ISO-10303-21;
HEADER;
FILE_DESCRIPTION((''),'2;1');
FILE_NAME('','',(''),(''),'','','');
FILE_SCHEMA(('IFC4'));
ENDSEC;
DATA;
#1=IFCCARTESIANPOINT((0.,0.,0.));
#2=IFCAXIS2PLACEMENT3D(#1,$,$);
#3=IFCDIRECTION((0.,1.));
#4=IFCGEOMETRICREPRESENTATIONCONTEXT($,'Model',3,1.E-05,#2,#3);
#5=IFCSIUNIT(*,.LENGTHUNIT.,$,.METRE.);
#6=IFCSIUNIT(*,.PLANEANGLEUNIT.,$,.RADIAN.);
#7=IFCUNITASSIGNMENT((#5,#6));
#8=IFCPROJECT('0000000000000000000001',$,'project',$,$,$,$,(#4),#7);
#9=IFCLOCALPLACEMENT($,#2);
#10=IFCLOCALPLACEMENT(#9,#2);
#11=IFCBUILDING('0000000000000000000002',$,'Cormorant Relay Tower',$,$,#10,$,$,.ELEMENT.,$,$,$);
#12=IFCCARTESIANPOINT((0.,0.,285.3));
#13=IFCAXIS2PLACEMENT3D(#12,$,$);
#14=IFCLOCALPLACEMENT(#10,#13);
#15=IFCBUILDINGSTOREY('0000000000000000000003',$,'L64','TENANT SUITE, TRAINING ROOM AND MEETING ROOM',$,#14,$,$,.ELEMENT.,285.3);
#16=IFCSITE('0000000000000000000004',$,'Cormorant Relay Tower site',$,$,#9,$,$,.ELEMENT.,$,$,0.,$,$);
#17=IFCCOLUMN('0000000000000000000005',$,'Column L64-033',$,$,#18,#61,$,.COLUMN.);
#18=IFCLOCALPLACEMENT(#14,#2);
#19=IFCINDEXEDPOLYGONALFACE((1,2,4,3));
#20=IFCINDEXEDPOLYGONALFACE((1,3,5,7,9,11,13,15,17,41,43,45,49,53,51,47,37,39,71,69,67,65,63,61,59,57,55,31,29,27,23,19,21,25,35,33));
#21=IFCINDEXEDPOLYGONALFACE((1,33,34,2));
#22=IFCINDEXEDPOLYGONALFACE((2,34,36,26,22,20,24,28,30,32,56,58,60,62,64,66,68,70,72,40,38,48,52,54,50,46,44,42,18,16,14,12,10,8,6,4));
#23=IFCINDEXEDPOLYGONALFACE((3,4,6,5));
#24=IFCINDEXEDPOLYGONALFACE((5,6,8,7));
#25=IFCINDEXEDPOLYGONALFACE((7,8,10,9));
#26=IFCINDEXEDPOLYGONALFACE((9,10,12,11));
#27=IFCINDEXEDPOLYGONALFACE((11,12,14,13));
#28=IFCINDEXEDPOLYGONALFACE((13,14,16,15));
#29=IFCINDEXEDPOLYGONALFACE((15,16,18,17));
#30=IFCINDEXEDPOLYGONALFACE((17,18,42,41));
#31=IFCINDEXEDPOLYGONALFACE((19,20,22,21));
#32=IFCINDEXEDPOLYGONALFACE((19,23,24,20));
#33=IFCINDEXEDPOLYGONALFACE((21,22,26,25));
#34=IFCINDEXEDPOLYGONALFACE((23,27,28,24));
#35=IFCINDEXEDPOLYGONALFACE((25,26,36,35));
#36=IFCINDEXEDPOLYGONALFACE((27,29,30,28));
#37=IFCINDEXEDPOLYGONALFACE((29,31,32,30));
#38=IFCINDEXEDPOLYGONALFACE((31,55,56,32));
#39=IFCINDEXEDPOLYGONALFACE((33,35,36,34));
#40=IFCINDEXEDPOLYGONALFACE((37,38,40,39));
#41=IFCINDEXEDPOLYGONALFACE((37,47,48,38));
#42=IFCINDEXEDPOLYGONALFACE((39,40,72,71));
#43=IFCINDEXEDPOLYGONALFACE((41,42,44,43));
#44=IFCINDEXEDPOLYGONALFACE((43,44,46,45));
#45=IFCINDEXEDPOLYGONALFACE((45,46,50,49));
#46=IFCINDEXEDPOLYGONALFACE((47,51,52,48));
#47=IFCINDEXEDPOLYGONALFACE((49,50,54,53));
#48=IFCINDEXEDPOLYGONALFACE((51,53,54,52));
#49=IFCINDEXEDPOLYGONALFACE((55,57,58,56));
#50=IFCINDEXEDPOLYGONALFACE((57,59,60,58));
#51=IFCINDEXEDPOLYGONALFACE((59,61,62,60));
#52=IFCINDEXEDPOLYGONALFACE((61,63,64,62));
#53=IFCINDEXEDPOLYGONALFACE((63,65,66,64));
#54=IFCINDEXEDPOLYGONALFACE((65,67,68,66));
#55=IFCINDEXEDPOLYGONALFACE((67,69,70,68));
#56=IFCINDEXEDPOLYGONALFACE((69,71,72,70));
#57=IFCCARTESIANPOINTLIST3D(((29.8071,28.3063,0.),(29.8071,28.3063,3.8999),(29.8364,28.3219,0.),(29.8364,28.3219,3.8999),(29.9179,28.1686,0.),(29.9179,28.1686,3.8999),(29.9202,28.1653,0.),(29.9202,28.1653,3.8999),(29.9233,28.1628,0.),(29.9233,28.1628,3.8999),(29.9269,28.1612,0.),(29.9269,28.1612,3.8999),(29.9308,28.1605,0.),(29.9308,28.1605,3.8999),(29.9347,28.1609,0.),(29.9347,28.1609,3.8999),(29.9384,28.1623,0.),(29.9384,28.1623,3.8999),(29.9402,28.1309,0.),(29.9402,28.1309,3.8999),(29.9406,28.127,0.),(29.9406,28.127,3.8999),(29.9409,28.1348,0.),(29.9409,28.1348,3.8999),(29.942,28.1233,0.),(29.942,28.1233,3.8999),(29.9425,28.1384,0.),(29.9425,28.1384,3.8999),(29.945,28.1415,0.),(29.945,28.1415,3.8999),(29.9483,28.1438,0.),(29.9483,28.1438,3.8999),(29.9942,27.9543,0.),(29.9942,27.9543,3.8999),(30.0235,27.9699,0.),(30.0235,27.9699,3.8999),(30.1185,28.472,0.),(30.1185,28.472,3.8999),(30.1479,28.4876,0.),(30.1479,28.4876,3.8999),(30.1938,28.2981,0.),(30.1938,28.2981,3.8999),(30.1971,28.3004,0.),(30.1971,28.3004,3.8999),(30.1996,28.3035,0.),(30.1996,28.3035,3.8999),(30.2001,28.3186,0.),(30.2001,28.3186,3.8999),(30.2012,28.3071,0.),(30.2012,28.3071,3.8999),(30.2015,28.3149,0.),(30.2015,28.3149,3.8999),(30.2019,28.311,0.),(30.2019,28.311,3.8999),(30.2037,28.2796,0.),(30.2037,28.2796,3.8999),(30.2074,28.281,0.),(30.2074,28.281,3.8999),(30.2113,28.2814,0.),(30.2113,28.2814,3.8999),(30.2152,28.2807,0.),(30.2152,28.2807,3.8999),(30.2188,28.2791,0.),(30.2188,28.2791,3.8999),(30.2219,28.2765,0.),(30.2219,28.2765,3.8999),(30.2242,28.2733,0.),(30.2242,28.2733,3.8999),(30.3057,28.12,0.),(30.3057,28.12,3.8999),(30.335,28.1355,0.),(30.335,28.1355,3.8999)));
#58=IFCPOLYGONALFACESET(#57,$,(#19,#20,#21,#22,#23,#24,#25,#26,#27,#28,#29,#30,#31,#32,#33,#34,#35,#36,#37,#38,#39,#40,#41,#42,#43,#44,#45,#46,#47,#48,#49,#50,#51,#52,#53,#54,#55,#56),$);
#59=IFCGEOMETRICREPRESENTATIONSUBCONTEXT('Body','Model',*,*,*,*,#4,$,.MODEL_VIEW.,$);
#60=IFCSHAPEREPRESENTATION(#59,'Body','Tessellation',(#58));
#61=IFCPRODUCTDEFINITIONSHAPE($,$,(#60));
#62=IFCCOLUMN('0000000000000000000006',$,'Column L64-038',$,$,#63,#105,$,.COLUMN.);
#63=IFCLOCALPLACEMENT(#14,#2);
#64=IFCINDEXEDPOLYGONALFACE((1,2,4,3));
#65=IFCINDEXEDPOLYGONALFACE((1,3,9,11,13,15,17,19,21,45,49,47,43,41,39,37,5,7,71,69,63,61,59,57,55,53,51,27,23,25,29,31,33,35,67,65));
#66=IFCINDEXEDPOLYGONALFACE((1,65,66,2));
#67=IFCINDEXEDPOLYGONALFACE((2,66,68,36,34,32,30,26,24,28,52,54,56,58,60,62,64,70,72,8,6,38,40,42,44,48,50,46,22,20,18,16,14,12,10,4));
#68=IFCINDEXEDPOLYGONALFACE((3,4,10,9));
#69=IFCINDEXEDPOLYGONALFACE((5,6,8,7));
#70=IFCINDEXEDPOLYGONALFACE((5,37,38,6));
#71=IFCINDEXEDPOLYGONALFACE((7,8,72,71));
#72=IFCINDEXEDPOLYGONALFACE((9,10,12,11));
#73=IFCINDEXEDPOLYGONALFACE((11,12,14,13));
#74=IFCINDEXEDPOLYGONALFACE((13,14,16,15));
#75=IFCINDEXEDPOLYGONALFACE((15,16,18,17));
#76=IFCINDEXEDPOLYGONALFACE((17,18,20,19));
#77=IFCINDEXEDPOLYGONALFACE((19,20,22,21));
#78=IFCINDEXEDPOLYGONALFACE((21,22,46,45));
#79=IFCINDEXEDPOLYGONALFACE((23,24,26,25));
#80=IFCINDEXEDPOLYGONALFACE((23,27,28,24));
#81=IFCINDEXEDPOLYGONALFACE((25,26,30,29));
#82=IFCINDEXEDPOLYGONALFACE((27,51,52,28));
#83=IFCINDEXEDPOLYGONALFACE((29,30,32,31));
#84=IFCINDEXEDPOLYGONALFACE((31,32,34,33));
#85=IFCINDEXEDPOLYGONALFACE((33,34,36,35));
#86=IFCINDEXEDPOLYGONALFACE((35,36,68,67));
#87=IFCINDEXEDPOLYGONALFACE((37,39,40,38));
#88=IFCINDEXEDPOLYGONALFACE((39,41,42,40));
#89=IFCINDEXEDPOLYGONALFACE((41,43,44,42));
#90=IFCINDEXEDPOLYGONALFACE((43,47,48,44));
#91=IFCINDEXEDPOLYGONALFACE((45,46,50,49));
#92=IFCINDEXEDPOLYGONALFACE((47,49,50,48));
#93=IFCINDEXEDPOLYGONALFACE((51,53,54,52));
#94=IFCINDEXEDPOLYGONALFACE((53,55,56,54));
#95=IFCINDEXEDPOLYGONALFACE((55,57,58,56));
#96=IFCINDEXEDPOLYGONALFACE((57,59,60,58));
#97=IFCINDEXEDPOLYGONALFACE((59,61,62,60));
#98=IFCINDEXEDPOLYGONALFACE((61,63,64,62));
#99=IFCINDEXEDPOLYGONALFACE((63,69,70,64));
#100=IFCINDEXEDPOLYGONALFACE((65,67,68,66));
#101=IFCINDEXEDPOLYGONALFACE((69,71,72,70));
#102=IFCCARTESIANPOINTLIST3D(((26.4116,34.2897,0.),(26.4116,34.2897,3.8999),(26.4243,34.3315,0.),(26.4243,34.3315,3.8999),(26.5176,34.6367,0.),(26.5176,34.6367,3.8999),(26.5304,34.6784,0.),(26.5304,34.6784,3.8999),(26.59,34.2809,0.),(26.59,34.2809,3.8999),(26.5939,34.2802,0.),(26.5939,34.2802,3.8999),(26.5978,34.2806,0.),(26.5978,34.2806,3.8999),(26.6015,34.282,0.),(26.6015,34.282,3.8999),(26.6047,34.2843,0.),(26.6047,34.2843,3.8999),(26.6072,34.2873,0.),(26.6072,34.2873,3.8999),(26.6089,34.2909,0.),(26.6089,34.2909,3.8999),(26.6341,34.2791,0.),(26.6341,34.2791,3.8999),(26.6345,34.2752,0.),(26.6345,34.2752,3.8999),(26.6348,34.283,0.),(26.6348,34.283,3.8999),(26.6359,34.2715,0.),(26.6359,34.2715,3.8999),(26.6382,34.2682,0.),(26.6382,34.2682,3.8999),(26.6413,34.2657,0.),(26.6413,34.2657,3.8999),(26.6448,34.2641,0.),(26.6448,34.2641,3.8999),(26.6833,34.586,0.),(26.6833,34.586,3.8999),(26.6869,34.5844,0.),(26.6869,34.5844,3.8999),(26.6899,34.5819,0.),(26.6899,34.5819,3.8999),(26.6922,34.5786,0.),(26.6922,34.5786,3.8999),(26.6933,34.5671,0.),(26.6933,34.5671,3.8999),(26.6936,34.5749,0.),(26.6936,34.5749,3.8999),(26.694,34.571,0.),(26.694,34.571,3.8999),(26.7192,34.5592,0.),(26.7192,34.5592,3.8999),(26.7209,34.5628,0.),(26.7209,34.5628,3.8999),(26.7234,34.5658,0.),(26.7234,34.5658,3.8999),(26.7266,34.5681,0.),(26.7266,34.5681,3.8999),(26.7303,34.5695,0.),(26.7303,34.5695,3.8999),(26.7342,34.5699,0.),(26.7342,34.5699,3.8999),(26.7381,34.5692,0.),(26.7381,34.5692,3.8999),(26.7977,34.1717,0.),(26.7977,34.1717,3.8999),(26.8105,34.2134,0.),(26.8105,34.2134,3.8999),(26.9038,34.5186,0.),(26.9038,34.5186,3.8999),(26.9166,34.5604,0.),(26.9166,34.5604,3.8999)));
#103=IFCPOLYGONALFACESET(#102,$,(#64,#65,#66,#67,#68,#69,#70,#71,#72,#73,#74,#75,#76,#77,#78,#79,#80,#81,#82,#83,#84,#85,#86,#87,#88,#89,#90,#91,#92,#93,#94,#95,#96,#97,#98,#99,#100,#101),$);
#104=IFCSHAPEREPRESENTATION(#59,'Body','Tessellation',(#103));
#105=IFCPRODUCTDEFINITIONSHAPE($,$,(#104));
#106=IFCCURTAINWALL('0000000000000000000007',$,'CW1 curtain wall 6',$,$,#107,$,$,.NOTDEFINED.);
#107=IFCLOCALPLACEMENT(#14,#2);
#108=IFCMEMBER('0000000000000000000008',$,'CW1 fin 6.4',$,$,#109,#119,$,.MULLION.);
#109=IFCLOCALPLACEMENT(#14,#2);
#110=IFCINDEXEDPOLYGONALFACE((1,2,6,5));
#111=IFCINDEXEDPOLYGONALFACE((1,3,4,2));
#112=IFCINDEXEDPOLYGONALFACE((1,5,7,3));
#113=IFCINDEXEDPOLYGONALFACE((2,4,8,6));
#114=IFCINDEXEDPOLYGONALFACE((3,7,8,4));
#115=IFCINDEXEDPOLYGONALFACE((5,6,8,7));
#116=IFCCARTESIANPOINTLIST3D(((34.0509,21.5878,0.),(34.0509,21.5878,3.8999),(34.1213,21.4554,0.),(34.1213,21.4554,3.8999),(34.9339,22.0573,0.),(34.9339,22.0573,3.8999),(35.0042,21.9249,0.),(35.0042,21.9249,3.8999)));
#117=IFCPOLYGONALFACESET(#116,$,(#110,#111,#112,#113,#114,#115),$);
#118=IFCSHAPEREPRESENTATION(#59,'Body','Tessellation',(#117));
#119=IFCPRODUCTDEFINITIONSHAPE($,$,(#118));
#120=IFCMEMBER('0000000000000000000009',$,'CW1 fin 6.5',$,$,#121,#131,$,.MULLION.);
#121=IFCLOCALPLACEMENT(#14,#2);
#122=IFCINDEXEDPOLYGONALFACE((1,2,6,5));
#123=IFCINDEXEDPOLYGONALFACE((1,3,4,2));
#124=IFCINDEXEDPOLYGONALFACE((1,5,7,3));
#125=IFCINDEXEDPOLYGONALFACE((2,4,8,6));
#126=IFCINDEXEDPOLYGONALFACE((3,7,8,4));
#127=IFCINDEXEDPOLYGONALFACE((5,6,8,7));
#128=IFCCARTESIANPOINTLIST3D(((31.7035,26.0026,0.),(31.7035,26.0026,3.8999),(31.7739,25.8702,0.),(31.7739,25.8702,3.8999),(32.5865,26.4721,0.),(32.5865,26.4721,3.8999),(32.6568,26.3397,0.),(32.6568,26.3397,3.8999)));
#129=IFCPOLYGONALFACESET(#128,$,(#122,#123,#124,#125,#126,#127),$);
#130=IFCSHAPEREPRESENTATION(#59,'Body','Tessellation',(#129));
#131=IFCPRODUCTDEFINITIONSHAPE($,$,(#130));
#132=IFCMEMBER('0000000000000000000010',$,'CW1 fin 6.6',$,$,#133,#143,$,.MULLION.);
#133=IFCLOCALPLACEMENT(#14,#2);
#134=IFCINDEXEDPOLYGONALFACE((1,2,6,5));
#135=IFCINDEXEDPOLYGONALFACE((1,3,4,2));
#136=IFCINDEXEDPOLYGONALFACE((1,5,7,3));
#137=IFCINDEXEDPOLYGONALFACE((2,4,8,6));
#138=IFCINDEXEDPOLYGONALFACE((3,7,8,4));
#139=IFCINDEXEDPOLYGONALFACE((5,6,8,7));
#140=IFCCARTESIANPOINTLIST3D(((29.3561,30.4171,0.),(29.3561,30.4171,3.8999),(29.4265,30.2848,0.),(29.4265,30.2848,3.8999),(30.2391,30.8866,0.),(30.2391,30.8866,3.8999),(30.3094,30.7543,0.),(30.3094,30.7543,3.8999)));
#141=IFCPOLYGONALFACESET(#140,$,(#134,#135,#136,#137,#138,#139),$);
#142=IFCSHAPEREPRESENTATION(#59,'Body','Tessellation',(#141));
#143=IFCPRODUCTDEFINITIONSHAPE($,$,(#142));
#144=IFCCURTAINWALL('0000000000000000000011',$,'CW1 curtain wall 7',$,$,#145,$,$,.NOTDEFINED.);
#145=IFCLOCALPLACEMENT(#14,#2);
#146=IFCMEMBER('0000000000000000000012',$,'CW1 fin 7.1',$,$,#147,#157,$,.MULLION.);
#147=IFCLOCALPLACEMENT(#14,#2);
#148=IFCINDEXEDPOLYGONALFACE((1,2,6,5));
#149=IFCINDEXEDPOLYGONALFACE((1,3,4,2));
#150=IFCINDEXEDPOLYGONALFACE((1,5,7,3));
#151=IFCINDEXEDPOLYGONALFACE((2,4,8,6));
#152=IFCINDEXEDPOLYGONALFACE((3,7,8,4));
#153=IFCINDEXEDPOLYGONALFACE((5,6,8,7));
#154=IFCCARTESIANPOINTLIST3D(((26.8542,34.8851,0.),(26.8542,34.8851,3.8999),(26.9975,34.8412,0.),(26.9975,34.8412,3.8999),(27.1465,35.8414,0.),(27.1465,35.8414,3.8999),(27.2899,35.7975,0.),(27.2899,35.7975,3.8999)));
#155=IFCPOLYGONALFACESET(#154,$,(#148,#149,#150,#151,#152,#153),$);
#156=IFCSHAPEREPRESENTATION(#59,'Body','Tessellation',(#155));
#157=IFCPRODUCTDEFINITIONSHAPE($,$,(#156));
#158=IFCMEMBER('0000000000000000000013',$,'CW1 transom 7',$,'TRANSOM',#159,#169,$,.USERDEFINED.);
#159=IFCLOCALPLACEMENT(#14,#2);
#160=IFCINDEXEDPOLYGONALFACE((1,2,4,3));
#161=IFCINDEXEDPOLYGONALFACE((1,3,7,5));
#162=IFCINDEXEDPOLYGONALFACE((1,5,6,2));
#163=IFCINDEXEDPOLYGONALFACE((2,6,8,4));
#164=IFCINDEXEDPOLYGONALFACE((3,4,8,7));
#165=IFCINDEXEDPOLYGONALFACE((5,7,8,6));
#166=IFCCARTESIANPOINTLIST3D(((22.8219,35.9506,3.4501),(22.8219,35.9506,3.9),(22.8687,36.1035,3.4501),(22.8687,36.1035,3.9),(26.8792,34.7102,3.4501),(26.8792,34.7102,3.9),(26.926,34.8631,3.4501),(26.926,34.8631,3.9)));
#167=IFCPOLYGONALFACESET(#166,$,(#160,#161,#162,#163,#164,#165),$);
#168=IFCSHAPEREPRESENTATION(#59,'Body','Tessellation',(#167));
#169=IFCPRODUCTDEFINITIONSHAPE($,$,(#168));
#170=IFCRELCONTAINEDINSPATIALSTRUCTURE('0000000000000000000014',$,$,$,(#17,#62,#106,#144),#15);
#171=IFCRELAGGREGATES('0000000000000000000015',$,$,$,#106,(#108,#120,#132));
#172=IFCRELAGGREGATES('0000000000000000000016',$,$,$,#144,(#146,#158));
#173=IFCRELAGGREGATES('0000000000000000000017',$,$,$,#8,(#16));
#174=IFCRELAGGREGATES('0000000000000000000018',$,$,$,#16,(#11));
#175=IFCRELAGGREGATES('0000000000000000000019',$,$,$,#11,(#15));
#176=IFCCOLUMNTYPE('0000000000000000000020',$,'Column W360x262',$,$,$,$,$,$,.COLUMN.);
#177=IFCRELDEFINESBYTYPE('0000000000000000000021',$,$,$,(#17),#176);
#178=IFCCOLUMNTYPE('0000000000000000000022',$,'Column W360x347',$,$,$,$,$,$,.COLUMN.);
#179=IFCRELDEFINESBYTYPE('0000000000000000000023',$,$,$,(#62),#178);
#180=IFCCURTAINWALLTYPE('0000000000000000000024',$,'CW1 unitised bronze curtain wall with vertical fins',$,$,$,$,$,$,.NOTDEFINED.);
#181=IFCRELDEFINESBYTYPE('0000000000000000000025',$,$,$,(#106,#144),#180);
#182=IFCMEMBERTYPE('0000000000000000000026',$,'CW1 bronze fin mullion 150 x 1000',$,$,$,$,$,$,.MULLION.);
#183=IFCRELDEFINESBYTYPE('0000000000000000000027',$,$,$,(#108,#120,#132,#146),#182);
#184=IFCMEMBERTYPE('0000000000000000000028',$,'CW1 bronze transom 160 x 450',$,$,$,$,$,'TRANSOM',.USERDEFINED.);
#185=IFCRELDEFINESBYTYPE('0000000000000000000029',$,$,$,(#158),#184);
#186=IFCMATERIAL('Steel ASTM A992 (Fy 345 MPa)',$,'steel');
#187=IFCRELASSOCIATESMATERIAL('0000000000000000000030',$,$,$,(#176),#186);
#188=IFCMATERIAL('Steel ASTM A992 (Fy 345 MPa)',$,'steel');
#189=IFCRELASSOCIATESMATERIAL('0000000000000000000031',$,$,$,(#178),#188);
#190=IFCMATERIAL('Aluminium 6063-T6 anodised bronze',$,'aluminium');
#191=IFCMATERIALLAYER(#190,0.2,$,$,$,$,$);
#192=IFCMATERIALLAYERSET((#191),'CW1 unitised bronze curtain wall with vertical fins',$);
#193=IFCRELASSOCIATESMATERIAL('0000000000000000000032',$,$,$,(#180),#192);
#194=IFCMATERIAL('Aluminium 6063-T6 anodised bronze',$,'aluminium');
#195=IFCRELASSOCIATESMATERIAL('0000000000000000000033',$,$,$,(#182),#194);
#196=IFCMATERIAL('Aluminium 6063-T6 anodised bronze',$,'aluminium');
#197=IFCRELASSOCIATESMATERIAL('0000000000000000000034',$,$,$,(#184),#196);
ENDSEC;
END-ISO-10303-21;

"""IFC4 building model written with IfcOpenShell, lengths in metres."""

from ifc_helpers import new_model, si_unit, direction, frame, origin, origin_2d, place, context, subcontext, project, spatial, rectangle, i_section, extrude, material, layer, layer_set, material_profile, profile_set, type_object, element, aggregate, save


model = new_model("IFC4")

# Units and contexts
model_context = context("Model", 3, precision=1e-05, world=origin(), true_north=direction((0.0, 1.0)))
body_context = subcontext(model_context, "Body", "Model", "MODEL_VIEW")
ifc_project = project(units=[si_unit("LENGTHUNIT", "METRE"), si_unit("PLANEANGLEUNIT", "RADIAN")], contexts=[model_context])

# Site, building, storey
site_placement = place(None, origin())
site = spatial("IfcSite", under=ifc_project, at=site_placement, Name="Cormorant Relay Tower site", CompositionType="ELEMENT", RefElevation=0.0)
building_placement = place(site_placement, origin())
building = spatial("IfcBuilding", under=site, at=building_placement, Name="Cormorant Relay Tower", CompositionType="ELEMENT")
storey_placement = place(building_placement, frame((0.0, 0.0, 285.3)))
storey = spatial("IfcBuildingStorey", under=building, at=storey_placement, Name="L64", Description="TENANT SUITE, TRAINING ROOM AND MEETING ROOM", CompositionType="ELEMENT", Elevation=285.3)

# Columns
ifc_material_1 = material(Name="Steel ASTM A992 (Fy 345 MPa)", Category="steel")
ifc_material_profile_1 = material_profile(ifc_material_1, i_section(OverallWidth=0.3987, OverallDepth=0.386, WebThickness=0.021, FlangeThickness=0.0332, FilletRadius=0.0151, at=origin_2d()), Name="W360x262")
ifc_profile_set_1 = profile_set([ifc_material_profile_1], Name="Steel ASTM A992 (Fy 345 MPa)")
column_type_1 = type_object("IfcColumnType", Name="Column W360x262", PredefinedType="COLUMN", material=ifc_profile_set_1)
column_1_placement = place(storey_placement, frame((30.071, 28.2209, 0.0), z_axis=(0.0, 0.0, 1.0), x_axis=(-0.469472, 0.882948, 0.0)))
element("IfcColumn", 1, at=column_1_placement, inside=storey, type_object=column_type_1, Name="Column L64-033", PredefinedType="COLUMN", context=body_context, shape_type="SweptSolid", body=[
    extrude(i_section(OverallWidth=0.3987, OverallDepth=0.386, WebThickness=0.021, FlangeThickness=0.0332, FilletRadius=0.0151, at=origin_2d()), origin(), (0.0, 0.0, 1.0), 3.8999),
])
ifc_material_2 = material(Name="Steel ASTM A992 (Fy 345 MPa)", Category="steel")
ifc_material_profile_2 = material_profile(ifc_material_2, i_section(OverallWidth=0.4038, OverallDepth=0.4065, WebThickness=0.0271, FlangeThickness=0.0437, FilletRadius=0.0151, at=origin_2d()), Name="W360x347")
ifc_profile_set_2 = profile_set([ifc_material_profile_2], Name="Steel ASTM A992 (Fy 345 MPa)")
column_type_2 = type_object("IfcColumnType", Name="Column W360x347", PredefinedType="COLUMN", material=ifc_profile_set_2)
column_2_placement = place(storey_placement, frame((26.6641, 34.425, 0.0), z_axis=(0.0, 0.0, 1.0), x_axis=(-0.956305, 0.292372, 0.0)))
element("IfcColumn", 2, at=column_2_placement, inside=storey, type_object=column_type_2, Name="Column L64-038", PredefinedType="COLUMN", context=body_context, shape_type="SweptSolid", body=[
    extrude(i_section(OverallWidth=0.4038, OverallDepth=0.4065, WebThickness=0.0271, FlangeThickness=0.0437, FilletRadius=0.0151, at=origin_2d()), origin(), (0.0, 0.0, 1.0), 3.8999),
])

# Curtain walls, members
ifc_material_3 = material(Name="Aluminium 6063-T6 anodised bronze", Category="aluminium")
ifc_layer_1 = layer(ifc_material_3, 0.2)
ifc_layer_set_1 = layer_set([ifc_layer_1], Name="CW1 unitised bronze curtain wall with vertical fins")
curtain_wall_type = type_object("IfcCurtainWallType", Name="CW1 unitised bronze curtain wall with vertical fins", PredefinedType="NOTDEFINED", material=ifc_layer_set_1)
curtain_wall_1_placement = place(storey_placement, origin())
curtain_wall_1 = element("IfcCurtainWall", 3, at=curtain_wall_1_placement, inside=storey, type_object=curtain_wall_type, Name="CW1 curtain wall 6", PredefinedType="NOTDEFINED")
ifc_material_4 = material(Name="Aluminium 6063-T6 anodised bronze", Category="aluminium")
ifc_material_profile_3 = material_profile(ifc_material_4, rectangle(XDim=0.1499, YDim=1.0, at=origin_2d()), Name="AL 150x1000")
ifc_profile_set_3 = profile_set([ifc_material_profile_3], Name="Aluminium 6063-T6 anodised bronze")
member_type_1 = type_object("IfcMemberType", Name="CW1 bronze fin mullion 150 x 1000", PredefinedType="MULLION", material=ifc_profile_set_3)
member_1_placement = place(storey_placement, frame((34.5276, 21.7563, 0.0), z_axis=(0.0, 0.0, 1.0), x_axis=(-0.469472, 0.882948, 0.0)))
member_1 = element("IfcMember", 4, at=member_1_placement, type_object=member_type_1, Name="CW1 fin 6.4", PredefinedType="MULLION", context=body_context, shape_type="SweptSolid", body=[
    extrude(rectangle(XDim=0.1499, YDim=1.0, at=origin_2d()), origin(), (0.0, 0.0, 1.0), 3.8999),
])
member_2_placement = place(storey_placement, frame((32.1802, 26.1711, 0.0), z_axis=(0.0, 0.0, 1.0), x_axis=(-0.469472, 0.882948, 0.0)))
member_2 = element("IfcMember", 5, at=member_2_placement, type_object=member_type_1, Name="CW1 fin 6.5", PredefinedType="MULLION", context=body_context, shape_type="SweptSolid", body=[
    extrude(rectangle(XDim=0.1499, YDim=1.0, at=origin_2d()), origin(), (0.0, 0.0, 1.0), 3.8999),
])
member_3_placement = place(storey_placement, frame((29.8328, 30.5857, 0.0), z_axis=(0.0, 0.0, 1.0), x_axis=(-0.469472, 0.882948, 0.0)))
member_3 = element("IfcMember", 6, at=member_3_placement, type_object=member_type_1, Name="CW1 fin 6.6", PredefinedType="MULLION", context=body_context, shape_type="SweptSolid", body=[
    extrude(rectangle(XDim=0.1499, YDim=1.0, at=origin_2d()), origin(), (0.0, 0.0, 1.0), 3.8999),
])
curtain_wall_2_placement = place(storey_placement, origin())
curtain_wall_2 = element("IfcCurtainWall", 7, at=curtain_wall_2_placement, inside=storey, type_object=curtain_wall_type, Name="CW1 curtain wall 7", PredefinedType="NOTDEFINED")
member_4_placement = place(storey_placement, frame((27.072, 35.3413, 0.0), z_axis=(0.0, 0.0, 1.0), x_axis=(-0.956305, 0.292372, 0.0)))
member_4 = element("IfcMember", 8, at=member_4_placement, type_object=member_type_1, Name="CW1 fin 7.1", PredefinedType="MULLION", context=body_context, shape_type="SweptSolid", body=[
    extrude(rectangle(XDim=0.1499, YDim=1.0, at=origin_2d()), origin(), (0.0, 0.0, 1.0), 3.8999),
])
ifc_material_5 = material(Name="Aluminium 6063-T6 anodised bronze", Category="aluminium")
ifc_material_profile_4 = material_profile(ifc_material_5, rectangle(XDim=0.1599, YDim=0.45, at=origin_2d()), Name="AL 160x450")
ifc_profile_set_4 = profile_set([ifc_material_profile_4], Name="Aluminium 6063-T6 anodised bronze")
member_type_2 = type_object("IfcMemberType", Name="CW1 bronze transom 160 x 450", ElementType="TRANSOM", PredefinedType="USERDEFINED", material=ifc_profile_set_4)
member_5_placement = place(storey_placement, frame((26.9026, 34.7866, 3.675), z_axis=(-0.956304, 0.292375, 0.0), x_axis=(-0.292375, -0.956304, 0.0)))
member_5 = element("IfcMember", 9, at=member_5_placement, type_object=member_type_2, Name="CW1 transom 7", ObjectType="TRANSOM", PredefinedType="USERDEFINED", context=body_context, shape_type="SweptSolid", body=[
    extrude(rectangle(XDim=0.1599, YDim=0.45, at=origin_2d()), origin(), (0.0, 0.0, 1.0), 4.2427),
])

aggregate(curtain_wall_1, [member_1, member_2, member_3])
aggregate(curtain_wall_2, [member_4, member_5])

save(model, "model.ifc")
